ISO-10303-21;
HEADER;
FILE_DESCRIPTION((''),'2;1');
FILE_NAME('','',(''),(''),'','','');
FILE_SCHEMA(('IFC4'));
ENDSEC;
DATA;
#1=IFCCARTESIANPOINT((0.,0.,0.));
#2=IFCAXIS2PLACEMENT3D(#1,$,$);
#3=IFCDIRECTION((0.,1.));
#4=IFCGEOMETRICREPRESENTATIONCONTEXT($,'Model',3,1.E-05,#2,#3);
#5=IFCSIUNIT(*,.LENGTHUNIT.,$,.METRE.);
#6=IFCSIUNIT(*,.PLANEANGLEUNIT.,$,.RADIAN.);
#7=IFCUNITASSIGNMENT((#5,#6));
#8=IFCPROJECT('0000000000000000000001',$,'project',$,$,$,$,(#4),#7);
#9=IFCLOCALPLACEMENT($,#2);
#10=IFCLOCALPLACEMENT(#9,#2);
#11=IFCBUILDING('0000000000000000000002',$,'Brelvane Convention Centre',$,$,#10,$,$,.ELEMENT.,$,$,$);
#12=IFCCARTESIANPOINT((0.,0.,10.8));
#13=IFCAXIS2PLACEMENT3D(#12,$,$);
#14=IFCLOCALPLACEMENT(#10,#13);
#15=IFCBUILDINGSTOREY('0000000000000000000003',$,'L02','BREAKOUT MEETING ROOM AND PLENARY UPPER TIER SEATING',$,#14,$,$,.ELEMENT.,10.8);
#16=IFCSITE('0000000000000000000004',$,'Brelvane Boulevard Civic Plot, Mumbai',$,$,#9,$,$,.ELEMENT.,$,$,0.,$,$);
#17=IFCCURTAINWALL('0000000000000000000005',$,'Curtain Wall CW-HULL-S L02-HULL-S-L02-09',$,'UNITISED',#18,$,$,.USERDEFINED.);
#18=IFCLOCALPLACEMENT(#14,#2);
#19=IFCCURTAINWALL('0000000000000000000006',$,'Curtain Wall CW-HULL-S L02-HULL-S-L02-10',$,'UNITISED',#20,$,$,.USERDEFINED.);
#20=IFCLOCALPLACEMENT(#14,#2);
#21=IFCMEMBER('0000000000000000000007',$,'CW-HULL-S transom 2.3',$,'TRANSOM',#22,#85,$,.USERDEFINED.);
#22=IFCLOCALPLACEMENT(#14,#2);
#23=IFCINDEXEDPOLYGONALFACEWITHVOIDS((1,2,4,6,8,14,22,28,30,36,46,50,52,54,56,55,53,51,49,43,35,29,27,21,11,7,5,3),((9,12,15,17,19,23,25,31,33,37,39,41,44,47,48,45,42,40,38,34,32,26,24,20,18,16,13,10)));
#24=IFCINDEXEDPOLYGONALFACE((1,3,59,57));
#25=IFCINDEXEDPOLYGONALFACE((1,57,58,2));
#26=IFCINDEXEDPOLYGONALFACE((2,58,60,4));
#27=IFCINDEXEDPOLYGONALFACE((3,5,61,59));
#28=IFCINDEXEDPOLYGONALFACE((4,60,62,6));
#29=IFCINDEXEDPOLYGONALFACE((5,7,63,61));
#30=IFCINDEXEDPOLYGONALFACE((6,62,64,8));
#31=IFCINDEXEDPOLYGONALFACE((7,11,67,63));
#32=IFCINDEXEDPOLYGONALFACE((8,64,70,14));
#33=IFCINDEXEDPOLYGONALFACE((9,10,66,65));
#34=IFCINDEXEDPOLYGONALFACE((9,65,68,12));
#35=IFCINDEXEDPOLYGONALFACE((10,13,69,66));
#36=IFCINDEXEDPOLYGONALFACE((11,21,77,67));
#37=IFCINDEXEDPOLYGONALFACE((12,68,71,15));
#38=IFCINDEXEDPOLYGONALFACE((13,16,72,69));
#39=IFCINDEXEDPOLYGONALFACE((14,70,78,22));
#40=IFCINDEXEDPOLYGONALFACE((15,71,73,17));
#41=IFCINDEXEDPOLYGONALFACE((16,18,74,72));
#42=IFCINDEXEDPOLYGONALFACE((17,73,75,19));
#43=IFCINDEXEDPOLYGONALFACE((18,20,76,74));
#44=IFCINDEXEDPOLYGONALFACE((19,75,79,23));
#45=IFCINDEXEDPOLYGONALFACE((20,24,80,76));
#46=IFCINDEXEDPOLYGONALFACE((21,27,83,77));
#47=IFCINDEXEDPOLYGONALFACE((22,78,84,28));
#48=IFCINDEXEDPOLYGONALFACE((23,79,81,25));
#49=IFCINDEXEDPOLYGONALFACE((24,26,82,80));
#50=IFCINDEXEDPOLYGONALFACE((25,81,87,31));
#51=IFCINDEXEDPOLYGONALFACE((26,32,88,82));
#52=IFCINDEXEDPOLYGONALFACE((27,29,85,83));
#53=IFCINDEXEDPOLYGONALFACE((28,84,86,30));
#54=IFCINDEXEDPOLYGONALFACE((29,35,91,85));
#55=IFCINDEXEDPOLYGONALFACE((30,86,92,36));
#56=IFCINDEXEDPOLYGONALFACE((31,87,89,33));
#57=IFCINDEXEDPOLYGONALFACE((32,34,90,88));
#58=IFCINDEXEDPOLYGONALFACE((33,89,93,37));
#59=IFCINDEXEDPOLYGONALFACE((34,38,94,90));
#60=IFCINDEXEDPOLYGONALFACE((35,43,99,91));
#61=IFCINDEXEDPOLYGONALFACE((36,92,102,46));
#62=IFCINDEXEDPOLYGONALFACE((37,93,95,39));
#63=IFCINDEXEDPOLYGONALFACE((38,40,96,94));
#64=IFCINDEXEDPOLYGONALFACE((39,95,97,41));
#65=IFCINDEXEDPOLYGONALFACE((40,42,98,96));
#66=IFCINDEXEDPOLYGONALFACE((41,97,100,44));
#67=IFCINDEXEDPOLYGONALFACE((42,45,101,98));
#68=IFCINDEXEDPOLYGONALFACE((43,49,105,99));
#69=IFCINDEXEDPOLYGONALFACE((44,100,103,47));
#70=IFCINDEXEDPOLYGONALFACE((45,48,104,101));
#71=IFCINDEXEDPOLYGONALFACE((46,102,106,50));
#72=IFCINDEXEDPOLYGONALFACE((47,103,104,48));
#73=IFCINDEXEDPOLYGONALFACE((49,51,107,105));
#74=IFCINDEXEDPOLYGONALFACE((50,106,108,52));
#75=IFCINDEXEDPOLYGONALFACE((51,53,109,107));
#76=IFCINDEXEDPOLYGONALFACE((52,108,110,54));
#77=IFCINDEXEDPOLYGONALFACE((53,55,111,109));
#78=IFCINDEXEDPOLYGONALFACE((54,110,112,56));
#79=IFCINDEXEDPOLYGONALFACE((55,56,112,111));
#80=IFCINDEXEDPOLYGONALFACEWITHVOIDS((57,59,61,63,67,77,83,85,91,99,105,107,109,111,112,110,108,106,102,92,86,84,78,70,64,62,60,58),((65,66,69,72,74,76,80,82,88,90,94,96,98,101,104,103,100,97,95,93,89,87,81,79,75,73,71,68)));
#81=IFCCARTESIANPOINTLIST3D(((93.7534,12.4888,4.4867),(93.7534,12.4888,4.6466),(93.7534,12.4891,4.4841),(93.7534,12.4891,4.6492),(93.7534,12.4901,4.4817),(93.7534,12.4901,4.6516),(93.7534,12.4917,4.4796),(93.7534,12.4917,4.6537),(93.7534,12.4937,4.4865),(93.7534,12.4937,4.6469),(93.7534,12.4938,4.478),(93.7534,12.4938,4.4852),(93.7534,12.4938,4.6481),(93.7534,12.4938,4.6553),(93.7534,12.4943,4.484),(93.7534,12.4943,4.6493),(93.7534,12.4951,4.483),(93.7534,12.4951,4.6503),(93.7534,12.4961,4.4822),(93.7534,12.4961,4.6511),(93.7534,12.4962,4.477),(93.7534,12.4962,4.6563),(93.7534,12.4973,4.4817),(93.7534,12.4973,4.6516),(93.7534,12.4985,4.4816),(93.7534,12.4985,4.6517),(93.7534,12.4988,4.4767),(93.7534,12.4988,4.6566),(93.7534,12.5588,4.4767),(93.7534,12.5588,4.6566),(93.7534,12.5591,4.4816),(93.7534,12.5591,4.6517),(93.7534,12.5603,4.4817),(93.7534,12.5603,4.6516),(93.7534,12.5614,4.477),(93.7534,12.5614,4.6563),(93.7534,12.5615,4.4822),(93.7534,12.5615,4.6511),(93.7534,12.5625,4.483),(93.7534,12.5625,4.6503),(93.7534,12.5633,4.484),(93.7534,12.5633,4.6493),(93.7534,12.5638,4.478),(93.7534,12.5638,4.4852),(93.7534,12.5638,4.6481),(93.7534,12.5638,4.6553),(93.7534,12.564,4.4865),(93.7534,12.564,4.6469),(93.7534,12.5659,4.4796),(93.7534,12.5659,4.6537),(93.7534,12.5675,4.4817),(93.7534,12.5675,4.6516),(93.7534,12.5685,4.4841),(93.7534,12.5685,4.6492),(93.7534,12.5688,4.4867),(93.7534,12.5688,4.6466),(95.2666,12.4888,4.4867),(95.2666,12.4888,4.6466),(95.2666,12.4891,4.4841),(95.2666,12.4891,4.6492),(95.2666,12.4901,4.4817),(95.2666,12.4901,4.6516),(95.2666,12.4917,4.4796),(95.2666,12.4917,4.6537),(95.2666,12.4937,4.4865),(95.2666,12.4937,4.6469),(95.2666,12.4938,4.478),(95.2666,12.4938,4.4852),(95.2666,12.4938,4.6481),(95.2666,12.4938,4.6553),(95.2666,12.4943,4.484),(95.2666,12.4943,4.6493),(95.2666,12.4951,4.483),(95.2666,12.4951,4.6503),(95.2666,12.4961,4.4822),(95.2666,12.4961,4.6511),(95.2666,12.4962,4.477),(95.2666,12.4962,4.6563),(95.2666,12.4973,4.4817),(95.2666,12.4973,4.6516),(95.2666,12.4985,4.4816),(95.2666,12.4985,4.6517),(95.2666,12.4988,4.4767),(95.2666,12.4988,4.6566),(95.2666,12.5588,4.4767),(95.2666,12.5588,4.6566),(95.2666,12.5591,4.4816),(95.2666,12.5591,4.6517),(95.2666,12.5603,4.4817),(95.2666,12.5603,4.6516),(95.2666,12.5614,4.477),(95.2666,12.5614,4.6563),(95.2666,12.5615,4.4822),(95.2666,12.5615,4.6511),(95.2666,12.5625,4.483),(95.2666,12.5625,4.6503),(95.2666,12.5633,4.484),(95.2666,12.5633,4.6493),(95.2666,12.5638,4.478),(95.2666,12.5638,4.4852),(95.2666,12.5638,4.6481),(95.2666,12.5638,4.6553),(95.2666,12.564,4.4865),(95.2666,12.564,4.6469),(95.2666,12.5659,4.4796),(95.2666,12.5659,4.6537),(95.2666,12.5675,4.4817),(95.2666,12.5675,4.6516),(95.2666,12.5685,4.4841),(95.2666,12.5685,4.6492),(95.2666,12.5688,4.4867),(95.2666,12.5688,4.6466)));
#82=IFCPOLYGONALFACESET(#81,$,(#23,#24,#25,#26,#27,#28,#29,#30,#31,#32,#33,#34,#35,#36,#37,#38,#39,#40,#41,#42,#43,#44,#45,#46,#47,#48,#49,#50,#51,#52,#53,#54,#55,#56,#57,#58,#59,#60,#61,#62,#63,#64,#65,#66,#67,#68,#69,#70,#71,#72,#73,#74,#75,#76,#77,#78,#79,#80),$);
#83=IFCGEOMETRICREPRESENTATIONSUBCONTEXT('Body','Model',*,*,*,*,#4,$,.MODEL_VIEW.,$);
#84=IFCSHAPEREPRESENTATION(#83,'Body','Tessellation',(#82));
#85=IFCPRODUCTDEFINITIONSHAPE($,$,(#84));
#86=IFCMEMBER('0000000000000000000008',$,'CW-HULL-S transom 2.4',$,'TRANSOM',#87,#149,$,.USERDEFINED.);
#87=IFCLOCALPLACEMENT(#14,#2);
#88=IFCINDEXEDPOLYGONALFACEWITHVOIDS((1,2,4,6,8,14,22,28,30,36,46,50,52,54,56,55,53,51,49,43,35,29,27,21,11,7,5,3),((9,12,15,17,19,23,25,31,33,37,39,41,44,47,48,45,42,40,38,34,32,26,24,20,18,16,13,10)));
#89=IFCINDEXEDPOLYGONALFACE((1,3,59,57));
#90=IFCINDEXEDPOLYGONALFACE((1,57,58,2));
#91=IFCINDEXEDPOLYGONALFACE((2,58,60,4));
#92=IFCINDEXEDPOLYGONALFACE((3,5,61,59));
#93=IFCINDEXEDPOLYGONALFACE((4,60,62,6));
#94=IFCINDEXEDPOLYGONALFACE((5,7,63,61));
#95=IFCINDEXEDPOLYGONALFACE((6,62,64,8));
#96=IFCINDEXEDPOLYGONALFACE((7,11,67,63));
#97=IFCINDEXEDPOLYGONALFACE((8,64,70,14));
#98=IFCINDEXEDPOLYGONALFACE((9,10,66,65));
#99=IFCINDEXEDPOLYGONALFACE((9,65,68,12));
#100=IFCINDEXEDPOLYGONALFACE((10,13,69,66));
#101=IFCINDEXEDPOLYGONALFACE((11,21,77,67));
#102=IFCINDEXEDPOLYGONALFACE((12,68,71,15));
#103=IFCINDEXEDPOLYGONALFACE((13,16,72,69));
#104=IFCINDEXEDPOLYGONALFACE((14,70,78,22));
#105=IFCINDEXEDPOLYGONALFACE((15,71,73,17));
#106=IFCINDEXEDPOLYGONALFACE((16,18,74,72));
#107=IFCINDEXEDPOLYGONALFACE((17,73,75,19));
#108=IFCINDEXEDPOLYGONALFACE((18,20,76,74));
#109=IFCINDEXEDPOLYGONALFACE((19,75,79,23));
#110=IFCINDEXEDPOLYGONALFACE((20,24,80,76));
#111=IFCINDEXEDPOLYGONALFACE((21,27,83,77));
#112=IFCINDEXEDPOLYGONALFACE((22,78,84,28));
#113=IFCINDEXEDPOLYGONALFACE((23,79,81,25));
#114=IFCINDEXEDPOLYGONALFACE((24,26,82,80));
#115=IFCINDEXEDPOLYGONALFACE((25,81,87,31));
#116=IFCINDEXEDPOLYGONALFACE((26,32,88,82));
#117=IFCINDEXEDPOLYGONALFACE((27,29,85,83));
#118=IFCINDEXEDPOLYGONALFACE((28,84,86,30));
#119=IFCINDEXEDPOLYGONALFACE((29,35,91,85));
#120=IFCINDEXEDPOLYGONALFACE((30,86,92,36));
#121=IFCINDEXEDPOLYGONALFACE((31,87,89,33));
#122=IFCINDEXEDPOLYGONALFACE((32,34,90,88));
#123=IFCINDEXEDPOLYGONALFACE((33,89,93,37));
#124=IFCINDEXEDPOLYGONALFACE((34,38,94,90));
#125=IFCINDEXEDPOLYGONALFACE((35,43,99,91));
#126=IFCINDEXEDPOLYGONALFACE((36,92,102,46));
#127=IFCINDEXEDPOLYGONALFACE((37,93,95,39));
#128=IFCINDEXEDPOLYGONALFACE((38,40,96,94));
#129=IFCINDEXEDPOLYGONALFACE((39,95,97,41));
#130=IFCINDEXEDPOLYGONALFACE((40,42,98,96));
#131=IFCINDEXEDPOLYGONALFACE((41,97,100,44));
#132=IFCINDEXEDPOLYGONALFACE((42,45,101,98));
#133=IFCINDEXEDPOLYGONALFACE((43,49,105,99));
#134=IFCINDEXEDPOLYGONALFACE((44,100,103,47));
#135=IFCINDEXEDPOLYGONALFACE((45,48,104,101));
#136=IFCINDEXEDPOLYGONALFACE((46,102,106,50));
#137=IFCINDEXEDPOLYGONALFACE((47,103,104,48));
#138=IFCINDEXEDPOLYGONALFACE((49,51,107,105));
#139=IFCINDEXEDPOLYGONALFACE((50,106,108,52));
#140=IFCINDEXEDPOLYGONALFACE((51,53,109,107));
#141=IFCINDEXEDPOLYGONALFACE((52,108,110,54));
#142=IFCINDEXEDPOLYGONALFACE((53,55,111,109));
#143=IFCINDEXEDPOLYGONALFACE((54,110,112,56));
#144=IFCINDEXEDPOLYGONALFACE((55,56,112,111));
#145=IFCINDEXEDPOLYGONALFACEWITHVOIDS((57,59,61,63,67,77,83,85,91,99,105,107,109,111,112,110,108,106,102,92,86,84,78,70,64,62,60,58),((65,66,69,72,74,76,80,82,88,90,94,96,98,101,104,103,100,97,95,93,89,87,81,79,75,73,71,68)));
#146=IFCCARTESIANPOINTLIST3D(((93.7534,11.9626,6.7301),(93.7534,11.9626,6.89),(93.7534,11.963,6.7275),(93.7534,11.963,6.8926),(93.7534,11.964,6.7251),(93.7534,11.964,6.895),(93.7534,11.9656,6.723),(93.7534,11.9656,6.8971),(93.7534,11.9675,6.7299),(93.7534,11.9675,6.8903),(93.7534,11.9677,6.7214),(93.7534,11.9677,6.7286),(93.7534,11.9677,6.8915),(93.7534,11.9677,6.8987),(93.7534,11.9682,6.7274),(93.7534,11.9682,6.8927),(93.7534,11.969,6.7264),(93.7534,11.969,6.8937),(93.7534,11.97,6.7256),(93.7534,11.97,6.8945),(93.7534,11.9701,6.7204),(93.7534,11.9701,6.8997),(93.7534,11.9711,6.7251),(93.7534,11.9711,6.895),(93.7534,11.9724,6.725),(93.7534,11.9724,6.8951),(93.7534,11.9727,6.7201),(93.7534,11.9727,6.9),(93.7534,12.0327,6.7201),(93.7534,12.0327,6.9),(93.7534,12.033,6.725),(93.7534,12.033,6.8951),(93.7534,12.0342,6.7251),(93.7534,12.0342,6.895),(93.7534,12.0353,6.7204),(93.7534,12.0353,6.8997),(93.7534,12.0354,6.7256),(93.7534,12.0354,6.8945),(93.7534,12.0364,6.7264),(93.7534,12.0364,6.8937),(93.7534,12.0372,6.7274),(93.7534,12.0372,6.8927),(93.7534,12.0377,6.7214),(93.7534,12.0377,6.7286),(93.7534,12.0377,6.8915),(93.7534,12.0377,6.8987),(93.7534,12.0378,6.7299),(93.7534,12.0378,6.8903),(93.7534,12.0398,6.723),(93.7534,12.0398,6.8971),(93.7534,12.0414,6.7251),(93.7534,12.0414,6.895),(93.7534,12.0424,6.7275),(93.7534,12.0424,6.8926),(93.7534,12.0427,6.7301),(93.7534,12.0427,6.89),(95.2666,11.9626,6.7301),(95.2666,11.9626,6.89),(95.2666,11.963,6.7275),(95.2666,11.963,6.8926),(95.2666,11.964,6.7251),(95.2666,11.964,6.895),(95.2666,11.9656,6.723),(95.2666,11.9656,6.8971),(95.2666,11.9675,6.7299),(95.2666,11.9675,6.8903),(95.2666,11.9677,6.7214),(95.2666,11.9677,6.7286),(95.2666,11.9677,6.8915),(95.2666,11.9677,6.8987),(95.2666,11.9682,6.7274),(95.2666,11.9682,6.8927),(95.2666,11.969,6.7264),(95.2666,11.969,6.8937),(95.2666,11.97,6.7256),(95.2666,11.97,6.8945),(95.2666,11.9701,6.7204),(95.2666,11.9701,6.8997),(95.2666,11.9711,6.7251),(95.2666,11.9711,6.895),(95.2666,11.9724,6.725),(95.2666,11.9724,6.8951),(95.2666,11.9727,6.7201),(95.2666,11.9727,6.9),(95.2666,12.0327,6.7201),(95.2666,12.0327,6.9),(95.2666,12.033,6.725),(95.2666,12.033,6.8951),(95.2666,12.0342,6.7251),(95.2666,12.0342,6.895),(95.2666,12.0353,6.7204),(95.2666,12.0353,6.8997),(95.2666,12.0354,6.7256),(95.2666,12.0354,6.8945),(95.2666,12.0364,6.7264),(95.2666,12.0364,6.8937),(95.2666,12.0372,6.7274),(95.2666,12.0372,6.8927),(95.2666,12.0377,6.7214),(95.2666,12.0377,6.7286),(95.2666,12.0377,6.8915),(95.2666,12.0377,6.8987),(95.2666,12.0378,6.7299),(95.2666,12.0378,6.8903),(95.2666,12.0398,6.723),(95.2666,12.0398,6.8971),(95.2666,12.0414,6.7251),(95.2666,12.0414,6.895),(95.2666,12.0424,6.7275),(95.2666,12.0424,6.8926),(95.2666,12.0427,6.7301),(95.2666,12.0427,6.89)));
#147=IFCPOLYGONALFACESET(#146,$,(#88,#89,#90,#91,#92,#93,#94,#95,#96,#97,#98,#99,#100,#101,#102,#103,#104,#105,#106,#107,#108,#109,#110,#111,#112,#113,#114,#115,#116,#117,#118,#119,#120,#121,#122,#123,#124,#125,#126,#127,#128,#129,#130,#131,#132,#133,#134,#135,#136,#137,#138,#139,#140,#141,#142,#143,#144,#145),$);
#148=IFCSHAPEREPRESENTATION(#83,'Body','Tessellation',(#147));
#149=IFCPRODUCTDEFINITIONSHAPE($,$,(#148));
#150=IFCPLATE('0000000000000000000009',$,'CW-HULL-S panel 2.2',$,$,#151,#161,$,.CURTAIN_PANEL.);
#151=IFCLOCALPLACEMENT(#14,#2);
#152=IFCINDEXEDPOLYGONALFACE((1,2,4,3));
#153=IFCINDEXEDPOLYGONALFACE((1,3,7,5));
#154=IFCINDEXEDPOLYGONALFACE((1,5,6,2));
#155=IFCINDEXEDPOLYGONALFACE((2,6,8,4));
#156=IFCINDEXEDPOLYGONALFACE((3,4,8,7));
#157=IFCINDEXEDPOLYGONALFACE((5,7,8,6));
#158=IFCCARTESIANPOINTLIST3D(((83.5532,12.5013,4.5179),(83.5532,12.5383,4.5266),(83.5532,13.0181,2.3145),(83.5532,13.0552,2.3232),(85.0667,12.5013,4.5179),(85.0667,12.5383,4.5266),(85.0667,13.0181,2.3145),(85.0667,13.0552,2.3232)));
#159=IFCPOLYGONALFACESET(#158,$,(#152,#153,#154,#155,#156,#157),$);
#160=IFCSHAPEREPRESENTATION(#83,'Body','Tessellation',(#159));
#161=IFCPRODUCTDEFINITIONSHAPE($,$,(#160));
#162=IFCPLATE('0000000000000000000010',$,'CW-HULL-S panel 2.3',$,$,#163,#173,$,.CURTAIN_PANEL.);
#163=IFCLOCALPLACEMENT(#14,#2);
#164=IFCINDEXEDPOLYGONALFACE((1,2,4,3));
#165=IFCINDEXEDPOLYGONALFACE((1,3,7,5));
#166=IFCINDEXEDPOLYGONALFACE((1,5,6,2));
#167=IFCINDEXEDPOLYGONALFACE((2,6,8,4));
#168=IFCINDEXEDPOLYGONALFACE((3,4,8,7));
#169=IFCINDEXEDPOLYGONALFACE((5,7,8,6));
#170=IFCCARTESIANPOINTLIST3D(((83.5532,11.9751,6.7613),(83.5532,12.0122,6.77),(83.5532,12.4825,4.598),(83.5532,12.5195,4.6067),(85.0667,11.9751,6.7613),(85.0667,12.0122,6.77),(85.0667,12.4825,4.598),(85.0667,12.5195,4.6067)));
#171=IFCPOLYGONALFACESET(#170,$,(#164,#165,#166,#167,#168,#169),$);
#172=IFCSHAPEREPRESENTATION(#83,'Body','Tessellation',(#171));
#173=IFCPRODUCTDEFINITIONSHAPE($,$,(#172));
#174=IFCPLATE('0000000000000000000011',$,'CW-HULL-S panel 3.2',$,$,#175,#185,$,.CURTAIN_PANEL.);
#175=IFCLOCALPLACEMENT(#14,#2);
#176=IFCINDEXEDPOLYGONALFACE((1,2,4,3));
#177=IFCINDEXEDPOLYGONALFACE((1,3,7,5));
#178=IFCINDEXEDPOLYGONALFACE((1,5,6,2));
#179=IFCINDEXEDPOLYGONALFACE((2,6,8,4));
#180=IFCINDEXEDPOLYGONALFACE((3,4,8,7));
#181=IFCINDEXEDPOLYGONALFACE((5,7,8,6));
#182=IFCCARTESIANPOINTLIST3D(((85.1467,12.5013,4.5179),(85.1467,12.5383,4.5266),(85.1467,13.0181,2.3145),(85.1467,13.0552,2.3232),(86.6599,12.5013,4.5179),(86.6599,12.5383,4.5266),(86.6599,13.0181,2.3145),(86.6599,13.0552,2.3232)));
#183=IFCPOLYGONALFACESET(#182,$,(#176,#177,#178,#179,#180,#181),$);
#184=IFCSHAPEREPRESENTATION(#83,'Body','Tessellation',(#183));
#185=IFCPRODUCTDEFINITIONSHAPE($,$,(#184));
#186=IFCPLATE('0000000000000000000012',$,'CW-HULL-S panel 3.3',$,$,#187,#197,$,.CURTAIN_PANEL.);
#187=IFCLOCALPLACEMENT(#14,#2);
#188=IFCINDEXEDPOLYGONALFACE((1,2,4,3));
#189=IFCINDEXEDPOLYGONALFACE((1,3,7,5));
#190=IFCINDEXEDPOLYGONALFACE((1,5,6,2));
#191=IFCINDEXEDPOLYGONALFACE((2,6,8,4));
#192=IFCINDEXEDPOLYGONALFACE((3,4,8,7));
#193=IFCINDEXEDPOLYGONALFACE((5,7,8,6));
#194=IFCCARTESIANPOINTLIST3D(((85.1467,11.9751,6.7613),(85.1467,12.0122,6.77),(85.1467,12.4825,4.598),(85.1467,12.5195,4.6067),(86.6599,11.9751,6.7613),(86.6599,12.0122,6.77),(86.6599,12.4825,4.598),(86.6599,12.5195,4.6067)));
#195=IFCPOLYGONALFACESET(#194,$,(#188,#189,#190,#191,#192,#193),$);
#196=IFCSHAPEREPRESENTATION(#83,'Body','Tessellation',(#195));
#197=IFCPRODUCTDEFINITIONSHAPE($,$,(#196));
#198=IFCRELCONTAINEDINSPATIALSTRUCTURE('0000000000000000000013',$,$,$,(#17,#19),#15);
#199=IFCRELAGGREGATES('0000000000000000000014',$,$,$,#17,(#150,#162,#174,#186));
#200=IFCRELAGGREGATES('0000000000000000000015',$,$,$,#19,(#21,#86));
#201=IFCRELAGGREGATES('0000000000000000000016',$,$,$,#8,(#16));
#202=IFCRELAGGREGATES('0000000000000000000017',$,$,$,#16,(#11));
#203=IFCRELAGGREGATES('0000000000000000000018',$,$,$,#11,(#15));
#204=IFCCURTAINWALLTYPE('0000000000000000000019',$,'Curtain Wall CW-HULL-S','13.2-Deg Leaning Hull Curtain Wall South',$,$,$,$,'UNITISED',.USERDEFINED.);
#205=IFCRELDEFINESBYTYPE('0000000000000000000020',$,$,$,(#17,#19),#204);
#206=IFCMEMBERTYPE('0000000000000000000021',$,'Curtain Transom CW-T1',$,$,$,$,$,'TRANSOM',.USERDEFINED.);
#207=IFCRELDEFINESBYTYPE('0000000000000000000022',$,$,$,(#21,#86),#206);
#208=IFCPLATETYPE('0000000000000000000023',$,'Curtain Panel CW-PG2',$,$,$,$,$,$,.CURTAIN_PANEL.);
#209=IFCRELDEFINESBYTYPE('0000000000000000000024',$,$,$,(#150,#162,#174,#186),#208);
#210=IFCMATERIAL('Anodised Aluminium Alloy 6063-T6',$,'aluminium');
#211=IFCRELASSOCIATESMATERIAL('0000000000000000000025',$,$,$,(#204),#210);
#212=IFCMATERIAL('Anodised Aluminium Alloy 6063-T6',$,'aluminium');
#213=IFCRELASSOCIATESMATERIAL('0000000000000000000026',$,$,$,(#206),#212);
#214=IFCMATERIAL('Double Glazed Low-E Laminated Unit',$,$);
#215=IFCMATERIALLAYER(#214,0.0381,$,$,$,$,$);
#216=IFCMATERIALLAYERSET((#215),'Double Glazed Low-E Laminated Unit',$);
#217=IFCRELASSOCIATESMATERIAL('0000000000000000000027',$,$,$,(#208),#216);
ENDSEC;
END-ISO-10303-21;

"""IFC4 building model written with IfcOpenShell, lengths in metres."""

from ifc_helpers import new_model, si_unit, direction, frame, origin, origin_2d, place, context, subcontext, project, spatial, polyline, hollow_rectangle, outline, extrude, material, layer, layer_set, material_profile, profile_set, type_object, element, aggregate, save


model = new_model("IFC4")

# Units and contexts
model_context = context("Model", 3, precision=1e-05, world=origin(), true_north=direction((0.0, 1.0)))
body_context = subcontext(model_context, "Body", "Model", "MODEL_VIEW")
ifc_project = project(units=[si_unit("LENGTHUNIT", "METRE"), si_unit("PLANEANGLEUNIT", "RADIAN")], contexts=[model_context])

# Site, building, storey
site_placement = place(None, origin())
site = spatial("IfcSite", under=ifc_project, at=site_placement, Name="Brelvane Boulevard Civic Plot, Mumbai", CompositionType="ELEMENT", RefElevation=0.0)
building_placement = place(site_placement, origin())
building = spatial("IfcBuilding", under=site, at=building_placement, Name="Brelvane Convention Centre", CompositionType="ELEMENT")
storey_placement = place(building_placement, frame((0.0, 0.0, 10.8)))
storey = spatial("IfcBuildingStorey", under=building, at=storey_placement, Name="L02", Description="BREAKOUT MEETING ROOM AND PLENARY UPPER TIER SEATING", CompositionType="ELEMENT", Elevation=10.8)

# Curtain walls, members
ifc_material_1 = material(Name="Anodised Aluminium Alloy 6063-T6", Category="aluminium")
curtain_wall_type = type_object("IfcCurtainWallType", Name="Curtain Wall CW-HULL-S", Description="13.2-Deg Leaning Hull Curtain Wall South", ElementType="UNITISED", PredefinedType="USERDEFINED", material=ifc_material_1)
curtain_wall_1_placement = place(storey_placement, origin())
curtain_wall_1 = element("IfcCurtainWall", 1, at=curtain_wall_1_placement, inside=storey, type_object=curtain_wall_type, Name="Curtain Wall CW-HULL-S L02-HULL-S-L02-09", ObjectType="UNITISED", PredefinedType="USERDEFINED")
ifc_material_2 = material(Name="Anodised Aluminium Alloy 6063-T6", Category="aluminium")
ifc_material_profile = material_profile(ifc_material_2, hollow_rectangle(XDim=0.0801, YDim=0.1799, WallThickness=0.0049, InnerFilletRadius=0.0049, OuterFilletRadius=0.01, at=origin_2d()), Name="ALU-T 180x80x5.0")
ifc_profile_set = profile_set([ifc_material_profile], Name="Anodised Aluminium Alloy 6063-T6")
member_type = type_object("IfcMemberType", Name="Curtain Transom CW-T1", ElementType="TRANSOM", PredefinedType="USERDEFINED", material=ifc_profile_set)
curtain_wall_2_placement = place(storey_placement, origin())
curtain_wall_2 = element("IfcCurtainWall", 2, at=curtain_wall_2_placement, inside=storey, type_object=curtain_wall_type, Name="Curtain Wall CW-HULL-S L02-HULL-S-L02-10", ObjectType="UNITISED", PredefinedType="USERDEFINED")
member_1_placement = place(storey_placement, frame((93.7534, 12.5288, 4.5667), z_axis=(1.0, 0.0, 0.0), x_axis=(0.0, 1.0, 0.0)))
member_1 = element("IfcMember", 3, at=member_1_placement, type_object=member_type, Name="CW-HULL-S transom 2.3", ObjectType="TRANSOM", PredefinedType="USERDEFINED", context=body_context, shape_type="SweptSolid", body=[
    extrude(hollow_rectangle(XDim=0.0801, YDim=0.1799, WallThickness=0.0049, InnerFilletRadius=0.0049, OuterFilletRadius=0.01, at=origin_2d()), origin(), (0.0, 0.0, 1.0), 1.5132),
])
member_2_placement = place(storey_placement, frame((93.7534, 12.0027, 6.8101), z_axis=(1.0, 0.0, 0.0), x_axis=(0.0, 1.0, 0.0)))
member_2 = element("IfcMember", 4, at=member_2_placement, type_object=member_type, Name="CW-HULL-S transom 2.4", ObjectType="TRANSOM", PredefinedType="USERDEFINED", context=body_context, shape_type="SweptSolid", body=[
    extrude(hollow_rectangle(XDim=0.0801, YDim=0.1799, WallThickness=0.0049, InnerFilletRadius=0.0049, OuterFilletRadius=0.01, at=origin_2d()), origin(), (0.0, 0.0, 1.0), 1.5132),
])

# Plates
ifc_material_3 = material(Name="Double Glazed Low-E Laminated Unit")
ifc_layer = layer(ifc_material_3, 0.0381)
ifc_layer_set = layer_set([ifc_layer], Name="Double Glazed Low-E Laminated Unit")
plate_type = type_object("IfcPlateType", Name="Curtain Panel CW-PG2", PredefinedType="CURTAIN_PANEL", material=ifc_layer_set)
plate_1_placement = place(storey_placement, frame((83.5532, 13.0552, 2.3232), z_axis=(0.0, 0.973574, 0.228372), x_axis=(1.0, 0.0, 0.0)))
plate_1 = element("IfcPlate", 5, at=plate_1_placement, type_object=plate_type, Name="CW-HULL-S panel 2.2", PredefinedType="CURTAIN_PANEL", context=body_context, shape_type="SweptSolid", body=[
    extrude(outline(polyline([(0.0, 0.0), (1.5134, 0.0), (1.5134, -2.2632), (0.0, -2.2632), (0.0, 0.0)])), origin(), (0.0, 0.0, -1.0), 0.0381),
])
plate_2_placement = place(storey_placement, frame((83.5532, 12.5195, 4.6067), z_axis=(0.0, 0.973587, 0.228317), x_axis=(1.0, 0.0, 0.0)))
plate_2 = element("IfcPlate", 6, at=plate_2_placement, type_object=plate_type, Name="CW-HULL-S panel 2.3", PredefinedType="CURTAIN_PANEL", context=body_context, shape_type="SweptSolid", body=[
    extrude(outline(polyline([(0.0, 0.0), (1.5134, 0.0), (1.5134, -2.222), (0.0, -2.222), (0.0, 0.0)])), origin(), (0.0, 0.0, -1.0), 0.0381),
])
plate_3_placement = place(storey_placement, frame((85.1467, 13.0552, 2.3232), z_axis=(0.0, 0.973574, 0.228372), x_axis=(1.0, 0.0, 0.0)))
plate_3 = element("IfcPlate", 7, at=plate_3_placement, type_object=plate_type, Name="CW-HULL-S panel 3.2", PredefinedType="CURTAIN_PANEL", context=body_context, shape_type="SweptSolid", body=[
    extrude(outline(polyline([(0.0, 0.0), (1.5132, 0.0), (1.5132, -2.2632), (0.0, -2.2632), (0.0, 0.0)])), origin(), (0.0, 0.0, -1.0), 0.0381),
])
plate_4_placement = place(storey_placement, frame((85.1467, 12.5195, 4.6067), z_axis=(0.0, 0.973587, 0.228317), x_axis=(1.0, 0.0, 0.0)))
plate_4 = element("IfcPlate", 8, at=plate_4_placement, type_object=plate_type, Name="CW-HULL-S panel 3.3", PredefinedType="CURTAIN_PANEL", context=body_context, shape_type="SweptSolid", body=[
    extrude(outline(polyline([(0.0, 0.0), (1.5132, 0.0), (1.5132, -2.222), (0.0, -2.222), (0.0, 0.0)])), origin(), (0.0, 0.0, -1.0), 0.0381),
])
aggregate(curtain_wall_1, [plate_1, plate_2, plate_3, plate_4])
aggregate(curtain_wall_2, [member_1, member_2])

save(model, "model.ifc")
